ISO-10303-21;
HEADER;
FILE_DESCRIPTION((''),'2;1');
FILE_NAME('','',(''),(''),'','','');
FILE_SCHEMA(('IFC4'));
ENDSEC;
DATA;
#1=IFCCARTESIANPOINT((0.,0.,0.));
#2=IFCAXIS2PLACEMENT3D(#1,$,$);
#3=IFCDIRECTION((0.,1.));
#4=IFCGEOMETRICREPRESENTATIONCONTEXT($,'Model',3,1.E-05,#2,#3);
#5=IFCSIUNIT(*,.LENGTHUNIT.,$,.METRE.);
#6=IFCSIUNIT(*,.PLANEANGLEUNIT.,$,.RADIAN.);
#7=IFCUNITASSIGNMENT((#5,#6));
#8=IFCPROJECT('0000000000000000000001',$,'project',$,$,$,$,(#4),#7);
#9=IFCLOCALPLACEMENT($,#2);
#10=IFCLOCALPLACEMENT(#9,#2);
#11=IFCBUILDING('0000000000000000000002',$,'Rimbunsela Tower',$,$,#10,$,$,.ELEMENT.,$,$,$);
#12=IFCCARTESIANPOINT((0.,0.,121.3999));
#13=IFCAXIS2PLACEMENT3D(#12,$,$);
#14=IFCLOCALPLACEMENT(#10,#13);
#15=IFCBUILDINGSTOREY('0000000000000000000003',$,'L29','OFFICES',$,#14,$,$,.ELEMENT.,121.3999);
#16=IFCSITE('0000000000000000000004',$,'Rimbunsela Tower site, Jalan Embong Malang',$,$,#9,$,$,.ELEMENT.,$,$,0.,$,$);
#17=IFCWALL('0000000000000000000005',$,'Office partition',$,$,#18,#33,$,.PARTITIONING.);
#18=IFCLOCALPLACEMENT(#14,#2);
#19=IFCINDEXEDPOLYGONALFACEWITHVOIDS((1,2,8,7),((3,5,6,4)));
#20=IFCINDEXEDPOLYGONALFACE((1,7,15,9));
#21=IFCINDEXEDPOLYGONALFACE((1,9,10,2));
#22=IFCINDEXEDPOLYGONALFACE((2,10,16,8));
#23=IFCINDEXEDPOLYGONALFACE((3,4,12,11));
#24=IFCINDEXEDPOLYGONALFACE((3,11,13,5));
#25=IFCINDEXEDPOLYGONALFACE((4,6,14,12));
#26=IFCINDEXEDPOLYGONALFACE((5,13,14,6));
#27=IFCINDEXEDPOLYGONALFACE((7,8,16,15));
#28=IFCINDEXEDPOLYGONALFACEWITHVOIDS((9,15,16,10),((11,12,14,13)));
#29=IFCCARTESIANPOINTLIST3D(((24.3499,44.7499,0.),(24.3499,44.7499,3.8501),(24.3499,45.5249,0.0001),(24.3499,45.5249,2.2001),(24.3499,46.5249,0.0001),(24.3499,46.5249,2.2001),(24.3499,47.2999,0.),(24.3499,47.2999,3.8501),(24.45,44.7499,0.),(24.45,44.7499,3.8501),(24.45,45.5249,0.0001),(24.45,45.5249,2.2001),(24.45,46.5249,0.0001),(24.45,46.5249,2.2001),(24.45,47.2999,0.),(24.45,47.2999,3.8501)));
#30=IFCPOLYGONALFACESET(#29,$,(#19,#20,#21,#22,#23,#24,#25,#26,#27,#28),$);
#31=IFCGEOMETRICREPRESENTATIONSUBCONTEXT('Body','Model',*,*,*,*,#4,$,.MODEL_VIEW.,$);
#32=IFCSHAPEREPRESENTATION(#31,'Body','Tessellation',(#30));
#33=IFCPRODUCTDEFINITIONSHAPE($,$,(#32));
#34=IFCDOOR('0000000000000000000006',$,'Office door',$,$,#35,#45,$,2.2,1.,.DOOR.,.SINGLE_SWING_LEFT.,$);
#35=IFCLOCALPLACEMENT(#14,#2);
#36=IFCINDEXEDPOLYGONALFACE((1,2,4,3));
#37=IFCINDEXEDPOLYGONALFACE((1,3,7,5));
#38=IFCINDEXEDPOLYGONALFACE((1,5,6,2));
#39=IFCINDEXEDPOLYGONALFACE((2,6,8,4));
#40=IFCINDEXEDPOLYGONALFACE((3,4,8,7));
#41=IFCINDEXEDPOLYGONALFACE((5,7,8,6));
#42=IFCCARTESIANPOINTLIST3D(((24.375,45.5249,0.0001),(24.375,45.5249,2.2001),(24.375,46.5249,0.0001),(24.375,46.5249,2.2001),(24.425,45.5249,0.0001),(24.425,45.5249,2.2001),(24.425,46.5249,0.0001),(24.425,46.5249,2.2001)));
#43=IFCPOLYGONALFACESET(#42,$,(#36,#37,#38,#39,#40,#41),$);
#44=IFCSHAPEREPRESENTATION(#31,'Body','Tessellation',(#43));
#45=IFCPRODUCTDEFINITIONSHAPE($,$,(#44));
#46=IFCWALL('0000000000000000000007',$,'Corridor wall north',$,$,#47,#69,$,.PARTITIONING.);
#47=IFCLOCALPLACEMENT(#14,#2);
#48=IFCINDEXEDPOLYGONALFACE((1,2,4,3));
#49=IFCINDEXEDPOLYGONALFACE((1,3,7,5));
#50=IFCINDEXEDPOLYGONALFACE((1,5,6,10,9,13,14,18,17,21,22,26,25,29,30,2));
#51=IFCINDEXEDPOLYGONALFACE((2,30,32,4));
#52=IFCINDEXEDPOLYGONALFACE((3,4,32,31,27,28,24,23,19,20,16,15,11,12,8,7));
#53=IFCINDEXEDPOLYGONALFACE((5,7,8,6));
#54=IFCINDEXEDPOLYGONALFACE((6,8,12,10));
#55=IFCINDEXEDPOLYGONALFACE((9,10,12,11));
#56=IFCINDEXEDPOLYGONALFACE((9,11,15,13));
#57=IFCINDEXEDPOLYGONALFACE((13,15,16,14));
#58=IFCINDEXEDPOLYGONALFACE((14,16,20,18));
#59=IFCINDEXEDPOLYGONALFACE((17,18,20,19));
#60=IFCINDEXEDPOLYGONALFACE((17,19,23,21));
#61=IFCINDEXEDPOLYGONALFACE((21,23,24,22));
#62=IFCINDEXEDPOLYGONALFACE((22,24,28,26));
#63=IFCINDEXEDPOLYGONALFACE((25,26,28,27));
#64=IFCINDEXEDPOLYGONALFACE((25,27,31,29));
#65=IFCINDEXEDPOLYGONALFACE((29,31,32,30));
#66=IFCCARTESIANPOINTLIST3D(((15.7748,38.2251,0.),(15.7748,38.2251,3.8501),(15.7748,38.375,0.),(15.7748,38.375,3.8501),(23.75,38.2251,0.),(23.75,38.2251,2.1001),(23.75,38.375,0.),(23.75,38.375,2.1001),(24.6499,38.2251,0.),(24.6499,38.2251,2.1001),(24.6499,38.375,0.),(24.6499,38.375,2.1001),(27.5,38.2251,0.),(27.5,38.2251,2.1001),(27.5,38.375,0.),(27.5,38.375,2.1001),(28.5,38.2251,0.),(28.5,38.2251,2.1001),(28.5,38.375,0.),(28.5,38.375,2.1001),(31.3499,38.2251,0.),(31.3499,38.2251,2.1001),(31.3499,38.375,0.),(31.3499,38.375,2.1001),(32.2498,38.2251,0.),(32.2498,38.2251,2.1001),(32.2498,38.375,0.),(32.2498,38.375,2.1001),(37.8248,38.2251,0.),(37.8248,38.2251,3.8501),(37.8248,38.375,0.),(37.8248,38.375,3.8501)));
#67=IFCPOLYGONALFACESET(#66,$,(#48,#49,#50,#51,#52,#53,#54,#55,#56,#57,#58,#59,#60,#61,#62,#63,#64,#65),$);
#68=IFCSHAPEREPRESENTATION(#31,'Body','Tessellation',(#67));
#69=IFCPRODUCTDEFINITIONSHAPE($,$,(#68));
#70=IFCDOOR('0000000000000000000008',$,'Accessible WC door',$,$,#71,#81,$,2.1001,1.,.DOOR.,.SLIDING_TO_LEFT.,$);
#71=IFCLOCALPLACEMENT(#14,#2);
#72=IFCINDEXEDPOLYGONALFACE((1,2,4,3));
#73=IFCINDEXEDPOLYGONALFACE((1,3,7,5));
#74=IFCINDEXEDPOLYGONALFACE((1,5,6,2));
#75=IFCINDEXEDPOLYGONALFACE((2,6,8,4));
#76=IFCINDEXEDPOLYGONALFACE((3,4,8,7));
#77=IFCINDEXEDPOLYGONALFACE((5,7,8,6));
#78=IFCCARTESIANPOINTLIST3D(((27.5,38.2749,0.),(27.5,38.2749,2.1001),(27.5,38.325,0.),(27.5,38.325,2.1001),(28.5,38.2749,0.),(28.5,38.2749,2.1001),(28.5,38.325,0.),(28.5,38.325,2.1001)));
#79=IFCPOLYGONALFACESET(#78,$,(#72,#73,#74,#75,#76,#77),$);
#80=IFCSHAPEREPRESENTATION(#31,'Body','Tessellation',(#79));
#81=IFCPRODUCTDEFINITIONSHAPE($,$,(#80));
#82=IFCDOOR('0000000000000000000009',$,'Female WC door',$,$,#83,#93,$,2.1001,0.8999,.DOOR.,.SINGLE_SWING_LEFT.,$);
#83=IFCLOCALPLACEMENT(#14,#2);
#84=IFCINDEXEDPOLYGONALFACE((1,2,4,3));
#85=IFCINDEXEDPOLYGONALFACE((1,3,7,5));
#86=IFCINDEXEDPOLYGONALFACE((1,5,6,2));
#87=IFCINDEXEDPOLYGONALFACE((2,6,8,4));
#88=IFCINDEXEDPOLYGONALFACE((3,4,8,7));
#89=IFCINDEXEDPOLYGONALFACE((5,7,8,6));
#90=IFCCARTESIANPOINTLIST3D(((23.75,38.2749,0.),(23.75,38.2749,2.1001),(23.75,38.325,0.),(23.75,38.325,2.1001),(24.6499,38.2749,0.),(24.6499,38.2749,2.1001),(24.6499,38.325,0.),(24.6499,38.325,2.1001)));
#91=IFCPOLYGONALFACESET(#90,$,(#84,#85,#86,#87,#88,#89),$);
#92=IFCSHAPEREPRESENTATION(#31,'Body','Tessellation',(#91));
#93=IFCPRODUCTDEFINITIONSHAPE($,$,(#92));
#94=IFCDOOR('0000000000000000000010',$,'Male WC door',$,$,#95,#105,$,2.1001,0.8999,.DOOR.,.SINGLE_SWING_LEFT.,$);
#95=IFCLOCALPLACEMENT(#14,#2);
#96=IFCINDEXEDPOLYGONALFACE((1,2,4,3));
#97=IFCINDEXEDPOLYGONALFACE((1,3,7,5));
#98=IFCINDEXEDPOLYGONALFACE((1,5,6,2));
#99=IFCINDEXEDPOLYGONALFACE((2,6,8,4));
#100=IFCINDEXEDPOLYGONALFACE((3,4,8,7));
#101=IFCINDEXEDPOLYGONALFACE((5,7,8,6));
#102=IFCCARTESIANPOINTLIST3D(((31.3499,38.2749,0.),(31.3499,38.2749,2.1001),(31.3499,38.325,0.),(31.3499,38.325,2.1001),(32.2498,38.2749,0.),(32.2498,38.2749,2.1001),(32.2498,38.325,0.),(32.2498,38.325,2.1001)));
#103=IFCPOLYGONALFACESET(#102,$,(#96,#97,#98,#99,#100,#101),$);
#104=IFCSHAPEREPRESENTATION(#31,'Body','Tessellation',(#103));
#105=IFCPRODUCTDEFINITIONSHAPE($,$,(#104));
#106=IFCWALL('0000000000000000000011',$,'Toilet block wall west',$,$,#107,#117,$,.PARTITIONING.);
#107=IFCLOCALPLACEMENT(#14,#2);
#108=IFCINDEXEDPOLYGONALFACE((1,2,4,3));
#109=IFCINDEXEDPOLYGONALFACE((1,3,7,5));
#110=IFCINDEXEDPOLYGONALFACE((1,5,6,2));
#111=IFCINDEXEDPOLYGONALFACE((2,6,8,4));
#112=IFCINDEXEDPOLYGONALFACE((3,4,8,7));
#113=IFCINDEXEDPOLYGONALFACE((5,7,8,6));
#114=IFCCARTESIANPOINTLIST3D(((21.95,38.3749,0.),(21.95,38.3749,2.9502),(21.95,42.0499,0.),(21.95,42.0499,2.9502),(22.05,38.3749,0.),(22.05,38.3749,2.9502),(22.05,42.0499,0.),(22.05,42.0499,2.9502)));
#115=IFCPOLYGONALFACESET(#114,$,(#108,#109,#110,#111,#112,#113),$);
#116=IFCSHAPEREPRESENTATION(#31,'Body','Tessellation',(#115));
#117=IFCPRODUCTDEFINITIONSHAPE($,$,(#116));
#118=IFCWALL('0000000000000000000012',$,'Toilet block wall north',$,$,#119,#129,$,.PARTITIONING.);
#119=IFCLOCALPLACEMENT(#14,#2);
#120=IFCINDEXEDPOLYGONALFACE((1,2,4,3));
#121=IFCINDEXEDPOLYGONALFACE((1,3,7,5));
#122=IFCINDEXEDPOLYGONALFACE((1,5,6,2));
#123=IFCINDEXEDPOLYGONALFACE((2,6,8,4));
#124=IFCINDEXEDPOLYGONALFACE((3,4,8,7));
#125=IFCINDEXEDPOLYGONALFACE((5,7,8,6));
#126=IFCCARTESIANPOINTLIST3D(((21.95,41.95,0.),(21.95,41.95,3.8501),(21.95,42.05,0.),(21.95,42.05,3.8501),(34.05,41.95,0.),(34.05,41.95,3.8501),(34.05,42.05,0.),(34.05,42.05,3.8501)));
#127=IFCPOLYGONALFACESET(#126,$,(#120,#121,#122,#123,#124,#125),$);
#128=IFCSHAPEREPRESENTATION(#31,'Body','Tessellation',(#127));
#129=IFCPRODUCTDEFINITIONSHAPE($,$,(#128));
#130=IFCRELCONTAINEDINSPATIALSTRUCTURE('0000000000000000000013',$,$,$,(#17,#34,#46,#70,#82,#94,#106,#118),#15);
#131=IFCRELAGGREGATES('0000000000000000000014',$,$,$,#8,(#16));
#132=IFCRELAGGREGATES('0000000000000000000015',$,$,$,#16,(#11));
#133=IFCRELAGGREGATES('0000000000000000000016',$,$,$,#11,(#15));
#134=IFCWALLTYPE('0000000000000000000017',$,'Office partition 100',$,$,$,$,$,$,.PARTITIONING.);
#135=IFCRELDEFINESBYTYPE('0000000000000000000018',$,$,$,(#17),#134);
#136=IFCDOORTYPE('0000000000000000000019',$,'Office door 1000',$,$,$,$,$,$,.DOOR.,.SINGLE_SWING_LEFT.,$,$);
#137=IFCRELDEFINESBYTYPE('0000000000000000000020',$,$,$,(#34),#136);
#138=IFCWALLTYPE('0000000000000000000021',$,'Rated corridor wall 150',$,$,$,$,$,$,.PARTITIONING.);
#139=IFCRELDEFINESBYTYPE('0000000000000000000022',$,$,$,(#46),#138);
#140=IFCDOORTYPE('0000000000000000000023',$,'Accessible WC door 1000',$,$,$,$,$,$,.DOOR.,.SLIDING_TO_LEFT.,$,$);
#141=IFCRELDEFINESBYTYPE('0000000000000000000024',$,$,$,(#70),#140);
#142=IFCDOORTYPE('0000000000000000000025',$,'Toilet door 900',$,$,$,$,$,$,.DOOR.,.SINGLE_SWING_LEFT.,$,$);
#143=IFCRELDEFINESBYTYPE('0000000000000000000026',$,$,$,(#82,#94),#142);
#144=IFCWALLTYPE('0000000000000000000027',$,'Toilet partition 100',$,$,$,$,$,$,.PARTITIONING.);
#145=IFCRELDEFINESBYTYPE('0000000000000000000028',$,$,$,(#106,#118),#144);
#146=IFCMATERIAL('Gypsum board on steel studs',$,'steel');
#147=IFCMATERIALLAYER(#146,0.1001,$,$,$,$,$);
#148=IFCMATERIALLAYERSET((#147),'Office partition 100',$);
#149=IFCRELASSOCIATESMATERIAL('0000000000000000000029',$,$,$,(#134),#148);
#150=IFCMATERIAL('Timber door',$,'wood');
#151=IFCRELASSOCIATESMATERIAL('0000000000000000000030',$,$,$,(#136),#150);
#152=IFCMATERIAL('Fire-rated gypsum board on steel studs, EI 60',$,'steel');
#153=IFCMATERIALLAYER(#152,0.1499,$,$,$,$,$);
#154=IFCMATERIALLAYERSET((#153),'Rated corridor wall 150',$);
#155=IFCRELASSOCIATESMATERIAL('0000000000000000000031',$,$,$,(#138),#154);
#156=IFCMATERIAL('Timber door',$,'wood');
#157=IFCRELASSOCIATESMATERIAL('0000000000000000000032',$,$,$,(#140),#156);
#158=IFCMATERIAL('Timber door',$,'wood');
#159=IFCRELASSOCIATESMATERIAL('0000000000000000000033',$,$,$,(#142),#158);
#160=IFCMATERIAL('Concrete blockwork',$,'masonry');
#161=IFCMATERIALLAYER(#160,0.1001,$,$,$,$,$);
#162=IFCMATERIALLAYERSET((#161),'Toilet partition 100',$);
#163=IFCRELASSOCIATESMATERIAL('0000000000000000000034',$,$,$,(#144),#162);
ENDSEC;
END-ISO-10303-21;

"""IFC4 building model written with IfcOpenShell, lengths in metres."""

from ifc_helpers import new_model, si_unit, direction, frame, frame_2d, origin, place, context, subcontext, project, spatial, rectangle, extrude, material, layer, layer_set, type_object, element, fill, save


model = new_model("IFC4")

# Units and contexts
model_context = context("Model", 3, precision=1e-05, world=origin(), true_north=direction((0.0, 1.0)))
body_context = subcontext(model_context, "Body", "Model", "MODEL_VIEW")
ifc_project = project(units=[si_unit("LENGTHUNIT", "METRE"), si_unit("PLANEANGLEUNIT", "RADIAN")], contexts=[model_context])

# Site, building, storey
site_placement = place(None, origin())
site = spatial("IfcSite", under=ifc_project, at=site_placement, Name="Rimbunsela Tower site, Jalan Embong Malang", CompositionType="ELEMENT", RefElevation=0.0)
building_placement = place(site_placement, origin())
building = spatial("IfcBuilding", under=site, at=building_placement, Name="Rimbunsela Tower", CompositionType="ELEMENT")
storey_placement = place(building_placement, frame((0.0, 0.0, 121.3999)))
storey = spatial("IfcBuildingStorey", under=building, at=storey_placement, Name="L29", Description="OFFICES", CompositionType="ELEMENT", Elevation=121.3999)

# Shared definitions
ifc_material_1 = material(Name="Gypsum board on steel studs", Category="steel")
ifc_layer_1 = layer(ifc_material_1, 0.1001)
ifc_layer_set_1 = layer_set([ifc_layer_1], Name="Office partition 100")
wall_type_1 = type_object("IfcWallType", Name="Office partition 100", PredefinedType="PARTITIONING", material=ifc_layer_set_1)

# Wall, opening, door
wall_1_placement = place(storey_placement, frame((24.3999, 44.75, 0.0), z_axis=(0.0, 0.0, 1.0), x_axis=(0.0, 1.0, 0.0)))
wall_1 = element("IfcWall", 1, at=wall_1_placement, inside=storey, type_object=wall_type_1, Name="Office partition", PredefinedType="PARTITIONING", context=body_context, shape_type="SweptSolid", body=[
    extrude(rectangle(XDim=2.55, YDim=0.1001, at=frame_2d((1.2749, 0.0))), origin(), (0.0, 0.0, 1.0), 3.8501),
])
opening_1_placement = place(wall_1_placement, frame((0.7749, 0.0, 0.0)))
opening_1 = element("IfcOpeningElement", 2, at=opening_1_placement, cuts=wall_1, PredefinedType="OPENING", context=body_context, shape_type="SweptSolid", body=[
    extrude(rectangle(XDim=1.0, YDim=2.2, at=frame_2d((0.5, 1.1001))), frame((0.0, 0.0601, 0.0), z_axis=(0.0, -1.0, 0.0), x_axis=(1.0, 0.0, 0.0)), (0.0, 0.0, 1.0), 0.1201),
])
ifc_material_2 = material(Name="Timber door", Category="wood")
door_type_1 = type_object("IfcDoorType", Name="Office door 1000", OperationType="SINGLE_SWING_LEFT", PredefinedType="DOOR", material=ifc_material_2)
door_1_placement = place(opening_1_placement, origin())
door_1 = element("IfcDoor", 3, at=door_1_placement, inside=storey, type_object=door_type_1, Name="Office door", OperationType="SINGLE_SWING_LEFT", OverallHeight=2.2, OverallWidth=1.0, PredefinedType="DOOR", context=body_context, shape_type="SweptSolid", body=[
    extrude(rectangle(XDim=1.0, YDim=2.2, at=frame_2d((0.5, 1.1001))), frame((0.0, 0.0249, 0.0), z_axis=(0.0, -1.0, 0.0), x_axis=(1.0, 0.0, 0.0)), (0.0, 0.0, 1.0), 0.05),
])
fill(opening_1, door_1)

# Wall, openings, doors
ifc_material_3 = material(Name="Fire-rated gypsum board on steel studs, EI 60", Category="steel")
ifc_layer_2 = layer(ifc_material_3, 0.1499)
ifc_layer_set_2 = layer_set([ifc_layer_2], Name="Rated corridor wall 150")
wall_type_2 = type_object("IfcWallType", Name="Rated corridor wall 150", PredefinedType="PARTITIONING", material=ifc_layer_set_2)
wall_2_placement = place(storey_placement, frame((15.7749, 38.3, 0.0), z_axis=(0.0, 0.0, 1.0), x_axis=(1.0, 0.0, 0.0)))
wall_2 = element("IfcWall", 4, at=wall_2_placement, inside=storey, type_object=wall_type_2, Name="Corridor wall north", PredefinedType="PARTITIONING", context=body_context, shape_type="SweptSolid", body=[
    extrude(rectangle(XDim=22.05, YDim=0.1499, at=frame_2d((11.0249, 0.0))), origin(), (0.0, 0.0, 1.0), 3.8501),
])
opening_2_placement = place(wall_2_placement, frame((7.9751, 0.0, 0.0)))
opening_2 = element("IfcOpeningElement", 5, at=opening_2_placement, cuts=wall_2, PredefinedType="OPENING", context=body_context, shape_type="SweptSolid", body=[
    extrude(rectangle(XDim=0.8999, YDim=2.1001, at=frame_2d((0.45, 1.05))), frame((0.0, 0.085, 0.0), z_axis=(0.0, -1.0, 0.0), x_axis=(1.0, 0.0, 0.0)), (0.0, 0.0, 1.0), 0.1699),
])
opening_3_placement = place(wall_2_placement, frame((11.7251, 0.0, 0.0)))
opening_3 = element("IfcOpeningElement", 6, at=opening_3_placement, cuts=wall_2, PredefinedType="OPENING", context=body_context, shape_type="SweptSolid", body=[
    extrude(rectangle(XDim=1.0, YDim=2.1001, at=frame_2d((0.5, 1.05))), frame((0.0, 0.085, 0.0), z_axis=(0.0, -1.0, 0.0), x_axis=(1.0, 0.0, 0.0)), (0.0, 0.0, 1.0), 0.1699),
])
opening_4_placement = place(wall_2_placement, frame((15.575, 0.0, 0.0)))
opening_4 = element("IfcOpeningElement", 7, at=opening_4_placement, cuts=wall_2, PredefinedType="OPENING", context=body_context, shape_type="SweptSolid", body=[
    extrude(rectangle(XDim=0.8999, YDim=2.1001, at=frame_2d((0.45, 1.05))), frame((0.0, 0.085, 0.0), z_axis=(0.0, -1.0, 0.0), x_axis=(1.0, 0.0, 0.0)), (0.0, 0.0, 1.0), 0.1699),
])
ifc_material_4 = material(Name="Timber door", Category="wood")
door_type_2 = type_object("IfcDoorType", Name="Accessible WC door 1000", OperationType="SLIDING_TO_LEFT", PredefinedType="DOOR", material=ifc_material_4)
door_2_placement = place(opening_3_placement, origin())
door_2 = element("IfcDoor", 8, at=door_2_placement, inside=storey, type_object=door_type_2, Name="Accessible WC door", OperationType="SLIDING_TO_LEFT", OverallHeight=2.1001, OverallWidth=1.0, PredefinedType="DOOR", context=body_context, shape_type="SweptSolid", body=[
    extrude(rectangle(XDim=1.0, YDim=2.1001, at=frame_2d((0.5, 1.05))), frame((0.0, 0.0249, 0.0), z_axis=(0.0, -1.0, 0.0), x_axis=(1.0, 0.0, 0.0)), (0.0, 0.0, 1.0), 0.05),
])
fill(opening_3, door_2)
ifc_material_5 = material(Name="Timber door", Category="wood")
door_type_3 = type_object("IfcDoorType", Name="Toilet door 900", OperationType="SINGLE_SWING_LEFT", PredefinedType="DOOR", material=ifc_material_5)
door_3_placement = place(opening_2_placement, origin())
door_3 = element("IfcDoor", 9, at=door_3_placement, inside=storey, type_object=door_type_3, Name="Female WC door", OperationType="SINGLE_SWING_LEFT", OverallHeight=2.1001, OverallWidth=0.8999, PredefinedType="DOOR", context=body_context, shape_type="SweptSolid", body=[
    extrude(rectangle(XDim=0.8999, YDim=2.1001, at=frame_2d((0.45, 1.05))), frame((0.0, 0.0249, 0.0), z_axis=(0.0, -1.0, 0.0), x_axis=(1.0, 0.0, 0.0)), (0.0, 0.0, 1.0), 0.05),
])
fill(opening_2, door_3)
door_4_placement = place(opening_4_placement, origin())
door_4 = element("IfcDoor", 10, at=door_4_placement, inside=storey, type_object=door_type_3, Name="Male WC door", OperationType="SINGLE_SWING_LEFT", OverallHeight=2.1001, OverallWidth=0.8999, PredefinedType="DOOR", context=body_context, shape_type="SweptSolid", body=[
    extrude(rectangle(XDim=0.8999, YDim=2.1001, at=frame_2d((0.45, 1.05))), frame((0.0, 0.0249, 0.0), z_axis=(0.0, -1.0, 0.0), x_axis=(1.0, 0.0, 0.0)), (0.0, 0.0, 1.0), 0.05),
])
fill(opening_4, door_4)

# Walls
ifc_material_6 = material(Name="Concrete blockwork", Category="masonry")
ifc_layer_3 = layer(ifc_material_6, 0.1001)
ifc_layer_set_3 = layer_set([ifc_layer_3], Name="Toilet partition 100")
wall_type_3 = type_object("IfcWallType", Name="Toilet partition 100", PredefinedType="PARTITIONING", material=ifc_layer_set_3)
wall_3_placement = place(storey_placement, frame((22.0, 38.375, 0.0), z_axis=(0.0, 0.0, 1.0), x_axis=(0.0, 1.0, 0.0)))
element("IfcWall", 11, at=wall_3_placement, inside=storey, type_object=wall_type_3, Name="Toilet block wall west", PredefinedType="PARTITIONING", context=body_context, shape_type="SweptSolid", body=[
    extrude(rectangle(XDim=3.675, YDim=0.1001, at=frame_2d((1.8374, 0.0))), origin(), (0.0, 0.0, 1.0), 2.9502),
])
wall_4_placement = place(storey_placement, frame((21.95, 42.0, 0.0), z_axis=(0.0, 0.0, 1.0), x_axis=(1.0, 0.0, 0.0)))
element("IfcWall", 12, at=wall_4_placement, inside=storey, type_object=wall_type_3, Name="Toilet block wall north", PredefinedType="PARTITIONING", context=body_context, shape_type="SweptSolid", body=[
    extrude(rectangle(XDim=12.1001, YDim=0.1001, at=frame_2d((6.05, 0.0))), origin(), (0.0, 0.0, 1.0), 3.8501),
])

save(model, "model.ifc")
